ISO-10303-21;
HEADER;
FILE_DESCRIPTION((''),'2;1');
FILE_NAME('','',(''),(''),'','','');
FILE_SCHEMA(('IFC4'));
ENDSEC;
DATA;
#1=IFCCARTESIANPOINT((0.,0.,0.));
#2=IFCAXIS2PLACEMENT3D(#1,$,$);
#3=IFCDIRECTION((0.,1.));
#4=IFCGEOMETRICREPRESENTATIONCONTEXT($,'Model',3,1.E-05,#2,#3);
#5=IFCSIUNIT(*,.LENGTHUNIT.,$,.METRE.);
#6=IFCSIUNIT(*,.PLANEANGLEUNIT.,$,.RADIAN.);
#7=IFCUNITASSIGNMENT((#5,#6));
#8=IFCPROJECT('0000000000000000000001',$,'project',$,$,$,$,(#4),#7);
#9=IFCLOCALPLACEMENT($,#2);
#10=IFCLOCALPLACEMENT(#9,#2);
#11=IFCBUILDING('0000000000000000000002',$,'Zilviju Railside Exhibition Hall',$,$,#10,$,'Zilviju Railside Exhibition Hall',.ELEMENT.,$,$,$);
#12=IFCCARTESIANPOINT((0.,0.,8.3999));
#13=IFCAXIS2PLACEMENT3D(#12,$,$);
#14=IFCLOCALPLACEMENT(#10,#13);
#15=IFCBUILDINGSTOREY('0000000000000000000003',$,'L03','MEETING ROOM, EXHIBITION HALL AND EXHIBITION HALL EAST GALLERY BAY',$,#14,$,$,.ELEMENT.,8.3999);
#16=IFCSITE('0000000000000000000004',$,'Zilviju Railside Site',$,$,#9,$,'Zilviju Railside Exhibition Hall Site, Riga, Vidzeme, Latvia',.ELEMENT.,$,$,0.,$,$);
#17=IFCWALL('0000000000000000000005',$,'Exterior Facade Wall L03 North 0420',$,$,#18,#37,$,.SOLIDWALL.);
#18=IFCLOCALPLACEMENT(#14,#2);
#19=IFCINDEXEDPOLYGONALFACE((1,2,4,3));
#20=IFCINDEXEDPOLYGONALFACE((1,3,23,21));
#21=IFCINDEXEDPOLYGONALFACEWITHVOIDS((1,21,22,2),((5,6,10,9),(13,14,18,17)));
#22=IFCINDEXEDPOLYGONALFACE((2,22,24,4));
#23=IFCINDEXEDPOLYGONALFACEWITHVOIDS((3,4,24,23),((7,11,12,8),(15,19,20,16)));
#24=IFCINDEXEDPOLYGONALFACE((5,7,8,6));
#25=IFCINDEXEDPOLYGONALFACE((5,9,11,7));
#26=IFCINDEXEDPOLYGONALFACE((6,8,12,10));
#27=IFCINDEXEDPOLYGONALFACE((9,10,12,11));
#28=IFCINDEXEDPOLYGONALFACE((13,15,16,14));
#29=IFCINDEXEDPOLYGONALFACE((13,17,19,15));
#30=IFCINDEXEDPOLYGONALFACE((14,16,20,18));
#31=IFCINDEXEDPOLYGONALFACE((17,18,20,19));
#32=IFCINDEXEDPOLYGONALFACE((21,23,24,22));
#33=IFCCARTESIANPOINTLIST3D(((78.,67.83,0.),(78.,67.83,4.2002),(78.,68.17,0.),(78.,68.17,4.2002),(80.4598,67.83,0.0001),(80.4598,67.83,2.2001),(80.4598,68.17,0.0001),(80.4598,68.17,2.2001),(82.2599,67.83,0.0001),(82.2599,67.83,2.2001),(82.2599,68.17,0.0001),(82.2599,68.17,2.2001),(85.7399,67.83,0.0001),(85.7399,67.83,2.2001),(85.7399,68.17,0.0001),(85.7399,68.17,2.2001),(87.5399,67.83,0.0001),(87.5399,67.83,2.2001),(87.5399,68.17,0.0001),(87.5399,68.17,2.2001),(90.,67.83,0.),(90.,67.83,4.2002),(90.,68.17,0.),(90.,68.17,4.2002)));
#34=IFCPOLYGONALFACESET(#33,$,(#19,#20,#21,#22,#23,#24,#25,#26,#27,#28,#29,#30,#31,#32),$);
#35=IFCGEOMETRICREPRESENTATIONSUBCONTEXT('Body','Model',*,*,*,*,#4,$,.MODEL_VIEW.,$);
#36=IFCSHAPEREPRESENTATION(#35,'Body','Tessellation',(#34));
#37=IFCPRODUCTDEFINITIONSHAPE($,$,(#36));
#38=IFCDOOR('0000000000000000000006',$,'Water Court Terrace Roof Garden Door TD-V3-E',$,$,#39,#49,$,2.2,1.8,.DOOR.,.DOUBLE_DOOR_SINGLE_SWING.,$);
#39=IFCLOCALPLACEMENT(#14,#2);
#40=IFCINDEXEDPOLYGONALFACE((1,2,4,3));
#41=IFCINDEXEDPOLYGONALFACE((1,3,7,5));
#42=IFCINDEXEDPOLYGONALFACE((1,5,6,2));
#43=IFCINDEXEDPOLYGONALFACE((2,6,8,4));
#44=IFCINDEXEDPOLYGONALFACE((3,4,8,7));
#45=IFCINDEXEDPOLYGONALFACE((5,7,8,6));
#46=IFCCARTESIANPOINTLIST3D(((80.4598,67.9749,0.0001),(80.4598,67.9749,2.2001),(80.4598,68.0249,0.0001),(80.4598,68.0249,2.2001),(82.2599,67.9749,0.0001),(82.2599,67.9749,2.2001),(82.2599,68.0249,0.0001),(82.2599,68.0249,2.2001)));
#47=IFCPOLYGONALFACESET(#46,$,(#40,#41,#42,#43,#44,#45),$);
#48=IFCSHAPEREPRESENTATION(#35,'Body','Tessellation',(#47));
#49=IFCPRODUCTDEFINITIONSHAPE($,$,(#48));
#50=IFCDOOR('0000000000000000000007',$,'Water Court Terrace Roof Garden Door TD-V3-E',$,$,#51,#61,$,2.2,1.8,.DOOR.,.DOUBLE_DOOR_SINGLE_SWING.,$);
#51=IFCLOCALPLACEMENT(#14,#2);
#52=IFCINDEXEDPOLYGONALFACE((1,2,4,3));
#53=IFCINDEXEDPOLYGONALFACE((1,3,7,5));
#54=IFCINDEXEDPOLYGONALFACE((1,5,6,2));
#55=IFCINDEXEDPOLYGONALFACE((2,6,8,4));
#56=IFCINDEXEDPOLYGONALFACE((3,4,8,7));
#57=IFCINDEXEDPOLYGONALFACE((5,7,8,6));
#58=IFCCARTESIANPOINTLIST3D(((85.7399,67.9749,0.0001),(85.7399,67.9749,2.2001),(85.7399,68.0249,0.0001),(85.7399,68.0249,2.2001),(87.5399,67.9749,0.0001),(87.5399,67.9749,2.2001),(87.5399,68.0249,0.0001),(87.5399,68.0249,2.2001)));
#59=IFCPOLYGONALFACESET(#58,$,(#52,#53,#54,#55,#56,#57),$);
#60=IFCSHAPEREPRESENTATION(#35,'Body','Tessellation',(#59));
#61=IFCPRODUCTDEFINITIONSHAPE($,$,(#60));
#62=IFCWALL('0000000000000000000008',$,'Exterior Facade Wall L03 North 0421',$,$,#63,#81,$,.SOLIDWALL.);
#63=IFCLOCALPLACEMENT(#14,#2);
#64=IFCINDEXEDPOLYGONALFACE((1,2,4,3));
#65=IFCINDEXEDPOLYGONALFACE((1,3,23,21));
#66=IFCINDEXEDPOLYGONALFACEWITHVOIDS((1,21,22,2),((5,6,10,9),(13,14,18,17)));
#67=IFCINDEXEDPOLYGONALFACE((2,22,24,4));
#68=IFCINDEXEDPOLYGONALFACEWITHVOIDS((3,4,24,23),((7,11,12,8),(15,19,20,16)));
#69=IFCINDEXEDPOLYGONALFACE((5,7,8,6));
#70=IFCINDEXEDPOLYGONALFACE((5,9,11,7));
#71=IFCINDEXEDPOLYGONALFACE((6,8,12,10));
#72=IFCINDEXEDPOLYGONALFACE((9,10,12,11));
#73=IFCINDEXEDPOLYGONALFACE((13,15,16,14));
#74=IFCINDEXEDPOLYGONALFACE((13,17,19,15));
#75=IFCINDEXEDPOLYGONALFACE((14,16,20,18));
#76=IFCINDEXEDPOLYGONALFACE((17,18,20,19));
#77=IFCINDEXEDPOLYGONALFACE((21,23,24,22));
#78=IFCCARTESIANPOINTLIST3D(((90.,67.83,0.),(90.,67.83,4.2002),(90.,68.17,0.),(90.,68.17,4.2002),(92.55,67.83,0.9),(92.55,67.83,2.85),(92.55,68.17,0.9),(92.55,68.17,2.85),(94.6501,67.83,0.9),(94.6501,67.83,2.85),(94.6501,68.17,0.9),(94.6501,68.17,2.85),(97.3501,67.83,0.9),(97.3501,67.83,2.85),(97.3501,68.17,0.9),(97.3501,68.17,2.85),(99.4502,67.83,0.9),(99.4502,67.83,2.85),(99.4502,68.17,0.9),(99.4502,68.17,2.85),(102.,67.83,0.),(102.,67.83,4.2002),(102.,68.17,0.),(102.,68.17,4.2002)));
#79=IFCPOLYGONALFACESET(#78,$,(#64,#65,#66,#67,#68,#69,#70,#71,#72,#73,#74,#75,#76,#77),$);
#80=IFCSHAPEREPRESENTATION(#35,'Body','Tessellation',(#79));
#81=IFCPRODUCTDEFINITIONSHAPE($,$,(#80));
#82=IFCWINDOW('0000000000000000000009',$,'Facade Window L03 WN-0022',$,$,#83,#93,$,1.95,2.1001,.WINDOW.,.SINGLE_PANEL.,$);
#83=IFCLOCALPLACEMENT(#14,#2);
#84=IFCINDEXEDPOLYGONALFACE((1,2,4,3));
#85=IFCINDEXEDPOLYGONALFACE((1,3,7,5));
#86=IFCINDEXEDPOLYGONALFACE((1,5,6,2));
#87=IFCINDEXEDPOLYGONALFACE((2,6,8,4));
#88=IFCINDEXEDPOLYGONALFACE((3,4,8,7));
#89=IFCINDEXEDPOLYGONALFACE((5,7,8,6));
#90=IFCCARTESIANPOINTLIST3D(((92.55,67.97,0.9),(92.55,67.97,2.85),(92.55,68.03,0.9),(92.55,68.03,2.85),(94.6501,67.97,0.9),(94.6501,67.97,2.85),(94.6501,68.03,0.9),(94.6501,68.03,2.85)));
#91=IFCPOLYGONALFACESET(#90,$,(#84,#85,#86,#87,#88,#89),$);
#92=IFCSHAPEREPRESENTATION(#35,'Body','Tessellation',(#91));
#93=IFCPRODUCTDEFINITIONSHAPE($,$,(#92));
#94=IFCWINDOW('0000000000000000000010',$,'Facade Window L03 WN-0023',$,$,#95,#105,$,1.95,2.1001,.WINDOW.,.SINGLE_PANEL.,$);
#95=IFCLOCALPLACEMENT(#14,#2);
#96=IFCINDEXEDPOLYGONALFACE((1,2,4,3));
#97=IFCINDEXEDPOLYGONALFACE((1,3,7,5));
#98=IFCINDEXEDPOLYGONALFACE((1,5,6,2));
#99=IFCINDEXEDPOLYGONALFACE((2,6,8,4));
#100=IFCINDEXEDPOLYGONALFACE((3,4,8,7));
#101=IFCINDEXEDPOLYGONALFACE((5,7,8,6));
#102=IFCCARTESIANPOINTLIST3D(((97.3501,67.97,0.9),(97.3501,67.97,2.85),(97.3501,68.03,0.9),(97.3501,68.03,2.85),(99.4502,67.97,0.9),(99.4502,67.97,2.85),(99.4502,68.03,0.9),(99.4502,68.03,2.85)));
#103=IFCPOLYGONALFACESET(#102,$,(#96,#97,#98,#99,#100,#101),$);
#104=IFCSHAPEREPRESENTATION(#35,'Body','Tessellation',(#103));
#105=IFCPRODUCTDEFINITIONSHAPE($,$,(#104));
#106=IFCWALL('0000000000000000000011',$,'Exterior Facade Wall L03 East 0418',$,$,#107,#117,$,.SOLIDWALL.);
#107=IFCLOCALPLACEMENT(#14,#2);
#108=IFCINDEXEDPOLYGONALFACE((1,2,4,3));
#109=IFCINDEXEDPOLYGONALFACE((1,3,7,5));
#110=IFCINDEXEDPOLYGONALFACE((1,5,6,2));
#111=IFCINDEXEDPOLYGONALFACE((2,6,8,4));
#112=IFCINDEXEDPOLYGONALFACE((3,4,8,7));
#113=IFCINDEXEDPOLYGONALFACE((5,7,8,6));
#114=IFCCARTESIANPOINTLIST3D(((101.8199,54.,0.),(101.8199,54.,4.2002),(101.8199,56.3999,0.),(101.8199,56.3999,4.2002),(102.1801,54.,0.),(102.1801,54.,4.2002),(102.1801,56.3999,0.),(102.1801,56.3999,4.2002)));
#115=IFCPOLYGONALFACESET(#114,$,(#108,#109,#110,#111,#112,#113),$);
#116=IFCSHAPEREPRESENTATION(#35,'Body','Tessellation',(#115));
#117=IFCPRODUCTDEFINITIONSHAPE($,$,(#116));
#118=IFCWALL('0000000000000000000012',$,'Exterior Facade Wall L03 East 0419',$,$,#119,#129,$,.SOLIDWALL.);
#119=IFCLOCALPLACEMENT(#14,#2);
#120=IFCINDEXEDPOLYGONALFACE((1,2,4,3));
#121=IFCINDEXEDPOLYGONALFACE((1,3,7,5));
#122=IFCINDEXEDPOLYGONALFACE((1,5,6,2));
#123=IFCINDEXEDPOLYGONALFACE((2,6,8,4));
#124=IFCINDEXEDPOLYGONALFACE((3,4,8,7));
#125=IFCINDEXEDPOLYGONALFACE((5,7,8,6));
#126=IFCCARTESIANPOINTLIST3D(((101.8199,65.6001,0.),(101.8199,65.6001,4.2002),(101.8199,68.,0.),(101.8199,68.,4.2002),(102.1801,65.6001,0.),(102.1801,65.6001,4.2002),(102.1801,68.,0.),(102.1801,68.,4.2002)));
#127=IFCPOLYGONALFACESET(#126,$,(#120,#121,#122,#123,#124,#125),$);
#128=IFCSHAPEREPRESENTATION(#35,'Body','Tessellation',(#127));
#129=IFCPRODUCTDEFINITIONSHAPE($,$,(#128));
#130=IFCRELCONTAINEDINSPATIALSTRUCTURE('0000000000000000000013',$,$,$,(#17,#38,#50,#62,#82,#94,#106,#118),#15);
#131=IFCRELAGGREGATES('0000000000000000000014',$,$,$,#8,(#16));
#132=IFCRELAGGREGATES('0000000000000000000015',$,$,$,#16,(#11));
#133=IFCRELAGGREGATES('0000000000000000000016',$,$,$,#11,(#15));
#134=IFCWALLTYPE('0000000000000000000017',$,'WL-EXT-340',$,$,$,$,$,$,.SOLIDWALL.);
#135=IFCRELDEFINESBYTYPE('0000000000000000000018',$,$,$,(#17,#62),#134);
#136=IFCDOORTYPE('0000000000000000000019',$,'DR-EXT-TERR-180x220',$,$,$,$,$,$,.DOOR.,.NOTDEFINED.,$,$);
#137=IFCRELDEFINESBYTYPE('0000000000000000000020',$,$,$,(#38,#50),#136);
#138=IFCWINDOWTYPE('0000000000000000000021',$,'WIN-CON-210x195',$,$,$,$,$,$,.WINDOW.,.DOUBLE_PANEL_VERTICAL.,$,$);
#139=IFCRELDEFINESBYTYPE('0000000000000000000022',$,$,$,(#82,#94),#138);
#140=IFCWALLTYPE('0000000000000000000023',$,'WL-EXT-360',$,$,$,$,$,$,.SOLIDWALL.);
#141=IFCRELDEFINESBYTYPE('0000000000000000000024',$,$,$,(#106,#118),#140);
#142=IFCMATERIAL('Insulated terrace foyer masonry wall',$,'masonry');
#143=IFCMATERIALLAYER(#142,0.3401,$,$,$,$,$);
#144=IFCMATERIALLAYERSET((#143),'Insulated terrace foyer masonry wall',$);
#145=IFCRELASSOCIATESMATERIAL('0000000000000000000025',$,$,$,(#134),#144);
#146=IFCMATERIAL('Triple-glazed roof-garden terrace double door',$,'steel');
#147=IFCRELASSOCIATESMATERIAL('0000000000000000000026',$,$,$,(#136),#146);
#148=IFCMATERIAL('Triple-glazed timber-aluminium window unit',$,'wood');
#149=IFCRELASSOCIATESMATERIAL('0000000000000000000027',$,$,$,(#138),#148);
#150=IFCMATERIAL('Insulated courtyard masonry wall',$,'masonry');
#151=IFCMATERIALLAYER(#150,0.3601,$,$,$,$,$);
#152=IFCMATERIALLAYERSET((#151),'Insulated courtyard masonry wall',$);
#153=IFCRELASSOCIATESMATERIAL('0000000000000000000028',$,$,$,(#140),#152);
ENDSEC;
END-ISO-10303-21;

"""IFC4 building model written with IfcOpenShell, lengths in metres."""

from ifc_helpers import new_model, si_unit, direction, frame, frame_2d, origin, place, context, subcontext, project, spatial, rectangle, extrude, material, layer, layer_set, type_object, element, fill, save


model = new_model("IFC4")

# Units and contexts
model_context = context("Model", 3, precision=1e-05, world=origin(), true_north=direction((0.0, 1.0)))
body_context = subcontext(model_context, "Body", "Model", "MODEL_VIEW")
ifc_project = project(units=[si_unit("LENGTHUNIT", "METRE"), si_unit("PLANEANGLEUNIT", "RADIAN")], contexts=[model_context])

# Site, building, storey
site_placement = place(None, origin())
site = spatial("IfcSite", under=ifc_project, at=site_placement, Name="Zilviju Railside Site", LongName="Zilviju Railside Exhibition Hall Site, Riga, Vidzeme, Latvia", CompositionType="ELEMENT", RefElevation=0.0)
building_placement = place(site_placement, origin())
building = spatial("IfcBuilding", under=site, at=building_placement, Name="Zilviju Railside Exhibition Hall", LongName="Zilviju Railside Exhibition Hall", CompositionType="ELEMENT")
storey_placement = place(building_placement, frame((0.0, 0.0, 8.3999)))
storey = spatial("IfcBuildingStorey", under=building, at=storey_placement, Name="L03", Description="MEETING ROOM, EXHIBITION HALL AND EXHIBITION HALL EAST GALLERY BAY", CompositionType="ELEMENT", Elevation=8.3999)

# Wall, openings, doors
ifc_material_1 = material(Name="Insulated terrace foyer masonry wall", Category="masonry")
ifc_layer_1 = layer(ifc_material_1, 0.3401)
ifc_layer_set_1 = layer_set([ifc_layer_1], Name="Insulated terrace foyer masonry wall")
wall_type_1 = type_object("IfcWallType", Name="WL-EXT-340", PredefinedType="SOLIDWALL", material=ifc_layer_set_1)
wall_1_placement = place(storey_placement, frame((78.0, 68.0, 0.0), z_axis=(0.0, 0.0, 1.0), x_axis=(1.0, 0.0, 0.0)))
wall_1 = element("IfcWall", 1, at=wall_1_placement, inside=storey, type_object=wall_type_1, Name="Exterior Facade Wall L03 North 0420", PredefinedType="SOLIDWALL", context=body_context, shape_type="SweptSolid", body=[
    extrude(rectangle(XDim=12.0, YDim=0.3401, at=frame_2d((6.0, 0.0))), origin(), (0.0, 0.0, 1.0), 4.2002),
])
opening_1_placement = place(wall_1_placement, frame((2.46, 0.0, 0.0)))
opening_1 = element("IfcOpeningElement", 2, at=opening_1_placement, cuts=wall_1, PredefinedType="OPENING", context=body_context, shape_type="SweptSolid", body=[
    extrude(rectangle(XDim=1.8, YDim=2.2, at=frame_2d((0.8999, 1.1001))), frame((0.0, 0.1799, 0.0), z_axis=(0.0, -1.0, 0.0), x_axis=(1.0, 0.0, 0.0)), (0.0, 0.0, 1.0), 0.3601),
])
opening_2_placement = place(wall_1_placement, frame((7.74, 0.0, 0.0)))
opening_2 = element("IfcOpeningElement", 3, at=opening_2_placement, cuts=wall_1, PredefinedType="OPENING", context=body_context, shape_type="SweptSolid", body=[
    extrude(rectangle(XDim=1.8, YDim=2.2, at=frame_2d((0.8999, 1.1001))), frame((0.0, 0.1799, 0.0), z_axis=(0.0, -1.0, 0.0), x_axis=(1.0, 0.0, 0.0)), (0.0, 0.0, 1.0), 0.3601),
])
ifc_material_2 = material(Name="Triple-glazed roof-garden terrace double door", Category="steel")
door_type_1 = type_object("IfcDoorType", Name="DR-EXT-TERR-180x220", OperationType="NOTDEFINED", PredefinedType="DOOR", material=ifc_material_2)
door_1_placement = place(opening_1_placement, origin())
door_1 = element("IfcDoor", 4, at=door_1_placement, inside=storey, type_object=door_type_1, Name="Water Court Terrace Roof Garden Door TD-V3-E", OperationType="DOUBLE_DOOR_SINGLE_SWING", OverallHeight=2.2, OverallWidth=1.8, PredefinedType="DOOR", context=body_context, shape_type="SweptSolid", body=[
    extrude(rectangle(XDim=1.8, YDim=2.2, at=frame_2d((0.8999, 1.1001))), frame((0.0, 0.0249, 0.0), z_axis=(0.0, -1.0, 0.0), x_axis=(1.0, 0.0, 0.0)), (0.0, 0.0, 1.0), 0.05),
])
fill(opening_1, door_1)
door_2_placement = place(opening_2_placement, origin())
door_2 = element("IfcDoor", 5, at=door_2_placement, inside=storey, type_object=door_type_1, Name="Water Court Terrace Roof Garden Door TD-V3-E", OperationType="DOUBLE_DOOR_SINGLE_SWING", OverallHeight=2.2, OverallWidth=1.8, PredefinedType="DOOR", context=body_context, shape_type="SweptSolid", body=[
    extrude(rectangle(XDim=1.8, YDim=2.2, at=frame_2d((0.8999, 1.1001))), frame((0.0, 0.0249, 0.0), z_axis=(0.0, -1.0, 0.0), x_axis=(1.0, 0.0, 0.0)), (0.0, 0.0, 1.0), 0.05),
])
fill(opening_2, door_2)

# Wall, openings, windows
wall_2_placement = place(storey_placement, frame((90.0, 68.0, 0.0), z_axis=(0.0, 0.0, 1.0), x_axis=(1.0, 0.0, 0.0)))
wall_2 = element("IfcWall", 6, at=wall_2_placement, inside=storey, type_object=wall_type_1, Name="Exterior Facade Wall L03 North 0421", PredefinedType="SOLIDWALL", context=body_context, shape_type="SweptSolid", body=[
    extrude(rectangle(XDim=12.0, YDim=0.3401, at=frame_2d((6.0, 0.0))), origin(), (0.0, 0.0, 1.0), 4.2002),
])
opening_3_placement = place(wall_2_placement, frame((2.55, 0.0, 0.8999)))
opening_3 = element("IfcOpeningElement", 7, at=opening_3_placement, cuts=wall_2, PredefinedType="OPENING", context=body_context, shape_type="SweptSolid", body=[
    extrude(rectangle(XDim=2.1001, YDim=1.95, at=frame_2d((1.05, 0.9751))), frame((0.0, 0.1799, 0.0), z_axis=(0.0, -1.0, 0.0), x_axis=(1.0, 0.0, 0.0)), (0.0, 0.0, 1.0), 0.3601),
])
opening_4_placement = place(wall_2_placement, frame((7.3501, 0.0, 0.8999)))
opening_4 = element("IfcOpeningElement", 8, at=opening_4_placement, cuts=wall_2, PredefinedType="OPENING", context=body_context, shape_type="SweptSolid", body=[
    extrude(rectangle(XDim=2.1001, YDim=1.95, at=frame_2d((1.05, 0.9751))), frame((0.0, 0.1799, 0.0), z_axis=(0.0, -1.0, 0.0), x_axis=(1.0, 0.0, 0.0)), (0.0, 0.0, 1.0), 0.3601),
])
ifc_material_3 = material(Name="Triple-glazed timber-aluminium window unit", Category="wood")
window_type = type_object("IfcWindowType", Name="WIN-CON-210x195", PartitioningType="DOUBLE_PANEL_VERTICAL", PredefinedType="WINDOW", material=ifc_material_3)
window_1_placement = place(opening_3_placement, origin())
window_1 = element("IfcWindow", 9, at=window_1_placement, inside=storey, type_object=window_type, Name="Facade Window L03 WN-0022", OverallHeight=1.95, OverallWidth=2.1001, PartitioningType="SINGLE_PANEL", PredefinedType="WINDOW", context=body_context, shape_type="SweptSolid", body=[
    extrude(rectangle(XDim=2.1001, YDim=1.95, at=frame_2d((1.05, 0.9751))), frame((0.0, 0.03, 0.0), z_axis=(0.0, -1.0, 0.0), x_axis=(1.0, 0.0, 0.0)), (0.0, 0.0, 1.0), 0.0601),
])
fill(opening_3, window_1)
window_2_placement = place(opening_4_placement, origin())
window_2 = element("IfcWindow", 10, at=window_2_placement, inside=storey, type_object=window_type, Name="Facade Window L03 WN-0023", OverallHeight=1.95, OverallWidth=2.1001, PartitioningType="SINGLE_PANEL", PredefinedType="WINDOW", context=body_context, shape_type="SweptSolid", body=[
    extrude(rectangle(XDim=2.1001, YDim=1.95, at=frame_2d((1.05, 0.9751))), frame((0.0, 0.03, 0.0), z_axis=(0.0, -1.0, 0.0), x_axis=(1.0, 0.0, 0.0)), (0.0, 0.0, 1.0), 0.0601),
])
fill(opening_4, window_2)

# Walls
ifc_material_4 = material(Name="Insulated courtyard masonry wall", Category="masonry")
ifc_layer_2 = layer(ifc_material_4, 0.3601)
ifc_layer_set_2 = layer_set([ifc_layer_2], Name="Insulated courtyard masonry wall")
wall_type_2 = type_object("IfcWallType", Name="WL-EXT-360", PredefinedType="SOLIDWALL", material=ifc_layer_set_2)
for number, where, z_axis, x_axis, name in (
    (11, (102.0, 56.3999, 0.0), (0.0, 0.0, 1.0), (0.0, -1.0, 0.0), "Exterior Facade Wall L03 East 0418"),
    (12, (102.0, 68.0, 0.0), (0.0, 0.0, 1.0), (0.0, -1.0, 0.0), "Exterior Facade Wall L03 East 0419"),
):
    element("IfcWall", number, at=place(storey_placement, frame(where, z_axis=z_axis, x_axis=x_axis)), inside=storey, type_object=wall_type_2, Name=name, PredefinedType="SOLIDWALL", context=body_context, shape_type="SweptSolid", body=[
        extrude(rectangle(XDim=2.3999, YDim=0.3601, at=frame_2d((1.2, 0.0))), origin(), (0.0, 0.0, 1.0), 4.2002),
    ])

save(model, "model.ifc")
